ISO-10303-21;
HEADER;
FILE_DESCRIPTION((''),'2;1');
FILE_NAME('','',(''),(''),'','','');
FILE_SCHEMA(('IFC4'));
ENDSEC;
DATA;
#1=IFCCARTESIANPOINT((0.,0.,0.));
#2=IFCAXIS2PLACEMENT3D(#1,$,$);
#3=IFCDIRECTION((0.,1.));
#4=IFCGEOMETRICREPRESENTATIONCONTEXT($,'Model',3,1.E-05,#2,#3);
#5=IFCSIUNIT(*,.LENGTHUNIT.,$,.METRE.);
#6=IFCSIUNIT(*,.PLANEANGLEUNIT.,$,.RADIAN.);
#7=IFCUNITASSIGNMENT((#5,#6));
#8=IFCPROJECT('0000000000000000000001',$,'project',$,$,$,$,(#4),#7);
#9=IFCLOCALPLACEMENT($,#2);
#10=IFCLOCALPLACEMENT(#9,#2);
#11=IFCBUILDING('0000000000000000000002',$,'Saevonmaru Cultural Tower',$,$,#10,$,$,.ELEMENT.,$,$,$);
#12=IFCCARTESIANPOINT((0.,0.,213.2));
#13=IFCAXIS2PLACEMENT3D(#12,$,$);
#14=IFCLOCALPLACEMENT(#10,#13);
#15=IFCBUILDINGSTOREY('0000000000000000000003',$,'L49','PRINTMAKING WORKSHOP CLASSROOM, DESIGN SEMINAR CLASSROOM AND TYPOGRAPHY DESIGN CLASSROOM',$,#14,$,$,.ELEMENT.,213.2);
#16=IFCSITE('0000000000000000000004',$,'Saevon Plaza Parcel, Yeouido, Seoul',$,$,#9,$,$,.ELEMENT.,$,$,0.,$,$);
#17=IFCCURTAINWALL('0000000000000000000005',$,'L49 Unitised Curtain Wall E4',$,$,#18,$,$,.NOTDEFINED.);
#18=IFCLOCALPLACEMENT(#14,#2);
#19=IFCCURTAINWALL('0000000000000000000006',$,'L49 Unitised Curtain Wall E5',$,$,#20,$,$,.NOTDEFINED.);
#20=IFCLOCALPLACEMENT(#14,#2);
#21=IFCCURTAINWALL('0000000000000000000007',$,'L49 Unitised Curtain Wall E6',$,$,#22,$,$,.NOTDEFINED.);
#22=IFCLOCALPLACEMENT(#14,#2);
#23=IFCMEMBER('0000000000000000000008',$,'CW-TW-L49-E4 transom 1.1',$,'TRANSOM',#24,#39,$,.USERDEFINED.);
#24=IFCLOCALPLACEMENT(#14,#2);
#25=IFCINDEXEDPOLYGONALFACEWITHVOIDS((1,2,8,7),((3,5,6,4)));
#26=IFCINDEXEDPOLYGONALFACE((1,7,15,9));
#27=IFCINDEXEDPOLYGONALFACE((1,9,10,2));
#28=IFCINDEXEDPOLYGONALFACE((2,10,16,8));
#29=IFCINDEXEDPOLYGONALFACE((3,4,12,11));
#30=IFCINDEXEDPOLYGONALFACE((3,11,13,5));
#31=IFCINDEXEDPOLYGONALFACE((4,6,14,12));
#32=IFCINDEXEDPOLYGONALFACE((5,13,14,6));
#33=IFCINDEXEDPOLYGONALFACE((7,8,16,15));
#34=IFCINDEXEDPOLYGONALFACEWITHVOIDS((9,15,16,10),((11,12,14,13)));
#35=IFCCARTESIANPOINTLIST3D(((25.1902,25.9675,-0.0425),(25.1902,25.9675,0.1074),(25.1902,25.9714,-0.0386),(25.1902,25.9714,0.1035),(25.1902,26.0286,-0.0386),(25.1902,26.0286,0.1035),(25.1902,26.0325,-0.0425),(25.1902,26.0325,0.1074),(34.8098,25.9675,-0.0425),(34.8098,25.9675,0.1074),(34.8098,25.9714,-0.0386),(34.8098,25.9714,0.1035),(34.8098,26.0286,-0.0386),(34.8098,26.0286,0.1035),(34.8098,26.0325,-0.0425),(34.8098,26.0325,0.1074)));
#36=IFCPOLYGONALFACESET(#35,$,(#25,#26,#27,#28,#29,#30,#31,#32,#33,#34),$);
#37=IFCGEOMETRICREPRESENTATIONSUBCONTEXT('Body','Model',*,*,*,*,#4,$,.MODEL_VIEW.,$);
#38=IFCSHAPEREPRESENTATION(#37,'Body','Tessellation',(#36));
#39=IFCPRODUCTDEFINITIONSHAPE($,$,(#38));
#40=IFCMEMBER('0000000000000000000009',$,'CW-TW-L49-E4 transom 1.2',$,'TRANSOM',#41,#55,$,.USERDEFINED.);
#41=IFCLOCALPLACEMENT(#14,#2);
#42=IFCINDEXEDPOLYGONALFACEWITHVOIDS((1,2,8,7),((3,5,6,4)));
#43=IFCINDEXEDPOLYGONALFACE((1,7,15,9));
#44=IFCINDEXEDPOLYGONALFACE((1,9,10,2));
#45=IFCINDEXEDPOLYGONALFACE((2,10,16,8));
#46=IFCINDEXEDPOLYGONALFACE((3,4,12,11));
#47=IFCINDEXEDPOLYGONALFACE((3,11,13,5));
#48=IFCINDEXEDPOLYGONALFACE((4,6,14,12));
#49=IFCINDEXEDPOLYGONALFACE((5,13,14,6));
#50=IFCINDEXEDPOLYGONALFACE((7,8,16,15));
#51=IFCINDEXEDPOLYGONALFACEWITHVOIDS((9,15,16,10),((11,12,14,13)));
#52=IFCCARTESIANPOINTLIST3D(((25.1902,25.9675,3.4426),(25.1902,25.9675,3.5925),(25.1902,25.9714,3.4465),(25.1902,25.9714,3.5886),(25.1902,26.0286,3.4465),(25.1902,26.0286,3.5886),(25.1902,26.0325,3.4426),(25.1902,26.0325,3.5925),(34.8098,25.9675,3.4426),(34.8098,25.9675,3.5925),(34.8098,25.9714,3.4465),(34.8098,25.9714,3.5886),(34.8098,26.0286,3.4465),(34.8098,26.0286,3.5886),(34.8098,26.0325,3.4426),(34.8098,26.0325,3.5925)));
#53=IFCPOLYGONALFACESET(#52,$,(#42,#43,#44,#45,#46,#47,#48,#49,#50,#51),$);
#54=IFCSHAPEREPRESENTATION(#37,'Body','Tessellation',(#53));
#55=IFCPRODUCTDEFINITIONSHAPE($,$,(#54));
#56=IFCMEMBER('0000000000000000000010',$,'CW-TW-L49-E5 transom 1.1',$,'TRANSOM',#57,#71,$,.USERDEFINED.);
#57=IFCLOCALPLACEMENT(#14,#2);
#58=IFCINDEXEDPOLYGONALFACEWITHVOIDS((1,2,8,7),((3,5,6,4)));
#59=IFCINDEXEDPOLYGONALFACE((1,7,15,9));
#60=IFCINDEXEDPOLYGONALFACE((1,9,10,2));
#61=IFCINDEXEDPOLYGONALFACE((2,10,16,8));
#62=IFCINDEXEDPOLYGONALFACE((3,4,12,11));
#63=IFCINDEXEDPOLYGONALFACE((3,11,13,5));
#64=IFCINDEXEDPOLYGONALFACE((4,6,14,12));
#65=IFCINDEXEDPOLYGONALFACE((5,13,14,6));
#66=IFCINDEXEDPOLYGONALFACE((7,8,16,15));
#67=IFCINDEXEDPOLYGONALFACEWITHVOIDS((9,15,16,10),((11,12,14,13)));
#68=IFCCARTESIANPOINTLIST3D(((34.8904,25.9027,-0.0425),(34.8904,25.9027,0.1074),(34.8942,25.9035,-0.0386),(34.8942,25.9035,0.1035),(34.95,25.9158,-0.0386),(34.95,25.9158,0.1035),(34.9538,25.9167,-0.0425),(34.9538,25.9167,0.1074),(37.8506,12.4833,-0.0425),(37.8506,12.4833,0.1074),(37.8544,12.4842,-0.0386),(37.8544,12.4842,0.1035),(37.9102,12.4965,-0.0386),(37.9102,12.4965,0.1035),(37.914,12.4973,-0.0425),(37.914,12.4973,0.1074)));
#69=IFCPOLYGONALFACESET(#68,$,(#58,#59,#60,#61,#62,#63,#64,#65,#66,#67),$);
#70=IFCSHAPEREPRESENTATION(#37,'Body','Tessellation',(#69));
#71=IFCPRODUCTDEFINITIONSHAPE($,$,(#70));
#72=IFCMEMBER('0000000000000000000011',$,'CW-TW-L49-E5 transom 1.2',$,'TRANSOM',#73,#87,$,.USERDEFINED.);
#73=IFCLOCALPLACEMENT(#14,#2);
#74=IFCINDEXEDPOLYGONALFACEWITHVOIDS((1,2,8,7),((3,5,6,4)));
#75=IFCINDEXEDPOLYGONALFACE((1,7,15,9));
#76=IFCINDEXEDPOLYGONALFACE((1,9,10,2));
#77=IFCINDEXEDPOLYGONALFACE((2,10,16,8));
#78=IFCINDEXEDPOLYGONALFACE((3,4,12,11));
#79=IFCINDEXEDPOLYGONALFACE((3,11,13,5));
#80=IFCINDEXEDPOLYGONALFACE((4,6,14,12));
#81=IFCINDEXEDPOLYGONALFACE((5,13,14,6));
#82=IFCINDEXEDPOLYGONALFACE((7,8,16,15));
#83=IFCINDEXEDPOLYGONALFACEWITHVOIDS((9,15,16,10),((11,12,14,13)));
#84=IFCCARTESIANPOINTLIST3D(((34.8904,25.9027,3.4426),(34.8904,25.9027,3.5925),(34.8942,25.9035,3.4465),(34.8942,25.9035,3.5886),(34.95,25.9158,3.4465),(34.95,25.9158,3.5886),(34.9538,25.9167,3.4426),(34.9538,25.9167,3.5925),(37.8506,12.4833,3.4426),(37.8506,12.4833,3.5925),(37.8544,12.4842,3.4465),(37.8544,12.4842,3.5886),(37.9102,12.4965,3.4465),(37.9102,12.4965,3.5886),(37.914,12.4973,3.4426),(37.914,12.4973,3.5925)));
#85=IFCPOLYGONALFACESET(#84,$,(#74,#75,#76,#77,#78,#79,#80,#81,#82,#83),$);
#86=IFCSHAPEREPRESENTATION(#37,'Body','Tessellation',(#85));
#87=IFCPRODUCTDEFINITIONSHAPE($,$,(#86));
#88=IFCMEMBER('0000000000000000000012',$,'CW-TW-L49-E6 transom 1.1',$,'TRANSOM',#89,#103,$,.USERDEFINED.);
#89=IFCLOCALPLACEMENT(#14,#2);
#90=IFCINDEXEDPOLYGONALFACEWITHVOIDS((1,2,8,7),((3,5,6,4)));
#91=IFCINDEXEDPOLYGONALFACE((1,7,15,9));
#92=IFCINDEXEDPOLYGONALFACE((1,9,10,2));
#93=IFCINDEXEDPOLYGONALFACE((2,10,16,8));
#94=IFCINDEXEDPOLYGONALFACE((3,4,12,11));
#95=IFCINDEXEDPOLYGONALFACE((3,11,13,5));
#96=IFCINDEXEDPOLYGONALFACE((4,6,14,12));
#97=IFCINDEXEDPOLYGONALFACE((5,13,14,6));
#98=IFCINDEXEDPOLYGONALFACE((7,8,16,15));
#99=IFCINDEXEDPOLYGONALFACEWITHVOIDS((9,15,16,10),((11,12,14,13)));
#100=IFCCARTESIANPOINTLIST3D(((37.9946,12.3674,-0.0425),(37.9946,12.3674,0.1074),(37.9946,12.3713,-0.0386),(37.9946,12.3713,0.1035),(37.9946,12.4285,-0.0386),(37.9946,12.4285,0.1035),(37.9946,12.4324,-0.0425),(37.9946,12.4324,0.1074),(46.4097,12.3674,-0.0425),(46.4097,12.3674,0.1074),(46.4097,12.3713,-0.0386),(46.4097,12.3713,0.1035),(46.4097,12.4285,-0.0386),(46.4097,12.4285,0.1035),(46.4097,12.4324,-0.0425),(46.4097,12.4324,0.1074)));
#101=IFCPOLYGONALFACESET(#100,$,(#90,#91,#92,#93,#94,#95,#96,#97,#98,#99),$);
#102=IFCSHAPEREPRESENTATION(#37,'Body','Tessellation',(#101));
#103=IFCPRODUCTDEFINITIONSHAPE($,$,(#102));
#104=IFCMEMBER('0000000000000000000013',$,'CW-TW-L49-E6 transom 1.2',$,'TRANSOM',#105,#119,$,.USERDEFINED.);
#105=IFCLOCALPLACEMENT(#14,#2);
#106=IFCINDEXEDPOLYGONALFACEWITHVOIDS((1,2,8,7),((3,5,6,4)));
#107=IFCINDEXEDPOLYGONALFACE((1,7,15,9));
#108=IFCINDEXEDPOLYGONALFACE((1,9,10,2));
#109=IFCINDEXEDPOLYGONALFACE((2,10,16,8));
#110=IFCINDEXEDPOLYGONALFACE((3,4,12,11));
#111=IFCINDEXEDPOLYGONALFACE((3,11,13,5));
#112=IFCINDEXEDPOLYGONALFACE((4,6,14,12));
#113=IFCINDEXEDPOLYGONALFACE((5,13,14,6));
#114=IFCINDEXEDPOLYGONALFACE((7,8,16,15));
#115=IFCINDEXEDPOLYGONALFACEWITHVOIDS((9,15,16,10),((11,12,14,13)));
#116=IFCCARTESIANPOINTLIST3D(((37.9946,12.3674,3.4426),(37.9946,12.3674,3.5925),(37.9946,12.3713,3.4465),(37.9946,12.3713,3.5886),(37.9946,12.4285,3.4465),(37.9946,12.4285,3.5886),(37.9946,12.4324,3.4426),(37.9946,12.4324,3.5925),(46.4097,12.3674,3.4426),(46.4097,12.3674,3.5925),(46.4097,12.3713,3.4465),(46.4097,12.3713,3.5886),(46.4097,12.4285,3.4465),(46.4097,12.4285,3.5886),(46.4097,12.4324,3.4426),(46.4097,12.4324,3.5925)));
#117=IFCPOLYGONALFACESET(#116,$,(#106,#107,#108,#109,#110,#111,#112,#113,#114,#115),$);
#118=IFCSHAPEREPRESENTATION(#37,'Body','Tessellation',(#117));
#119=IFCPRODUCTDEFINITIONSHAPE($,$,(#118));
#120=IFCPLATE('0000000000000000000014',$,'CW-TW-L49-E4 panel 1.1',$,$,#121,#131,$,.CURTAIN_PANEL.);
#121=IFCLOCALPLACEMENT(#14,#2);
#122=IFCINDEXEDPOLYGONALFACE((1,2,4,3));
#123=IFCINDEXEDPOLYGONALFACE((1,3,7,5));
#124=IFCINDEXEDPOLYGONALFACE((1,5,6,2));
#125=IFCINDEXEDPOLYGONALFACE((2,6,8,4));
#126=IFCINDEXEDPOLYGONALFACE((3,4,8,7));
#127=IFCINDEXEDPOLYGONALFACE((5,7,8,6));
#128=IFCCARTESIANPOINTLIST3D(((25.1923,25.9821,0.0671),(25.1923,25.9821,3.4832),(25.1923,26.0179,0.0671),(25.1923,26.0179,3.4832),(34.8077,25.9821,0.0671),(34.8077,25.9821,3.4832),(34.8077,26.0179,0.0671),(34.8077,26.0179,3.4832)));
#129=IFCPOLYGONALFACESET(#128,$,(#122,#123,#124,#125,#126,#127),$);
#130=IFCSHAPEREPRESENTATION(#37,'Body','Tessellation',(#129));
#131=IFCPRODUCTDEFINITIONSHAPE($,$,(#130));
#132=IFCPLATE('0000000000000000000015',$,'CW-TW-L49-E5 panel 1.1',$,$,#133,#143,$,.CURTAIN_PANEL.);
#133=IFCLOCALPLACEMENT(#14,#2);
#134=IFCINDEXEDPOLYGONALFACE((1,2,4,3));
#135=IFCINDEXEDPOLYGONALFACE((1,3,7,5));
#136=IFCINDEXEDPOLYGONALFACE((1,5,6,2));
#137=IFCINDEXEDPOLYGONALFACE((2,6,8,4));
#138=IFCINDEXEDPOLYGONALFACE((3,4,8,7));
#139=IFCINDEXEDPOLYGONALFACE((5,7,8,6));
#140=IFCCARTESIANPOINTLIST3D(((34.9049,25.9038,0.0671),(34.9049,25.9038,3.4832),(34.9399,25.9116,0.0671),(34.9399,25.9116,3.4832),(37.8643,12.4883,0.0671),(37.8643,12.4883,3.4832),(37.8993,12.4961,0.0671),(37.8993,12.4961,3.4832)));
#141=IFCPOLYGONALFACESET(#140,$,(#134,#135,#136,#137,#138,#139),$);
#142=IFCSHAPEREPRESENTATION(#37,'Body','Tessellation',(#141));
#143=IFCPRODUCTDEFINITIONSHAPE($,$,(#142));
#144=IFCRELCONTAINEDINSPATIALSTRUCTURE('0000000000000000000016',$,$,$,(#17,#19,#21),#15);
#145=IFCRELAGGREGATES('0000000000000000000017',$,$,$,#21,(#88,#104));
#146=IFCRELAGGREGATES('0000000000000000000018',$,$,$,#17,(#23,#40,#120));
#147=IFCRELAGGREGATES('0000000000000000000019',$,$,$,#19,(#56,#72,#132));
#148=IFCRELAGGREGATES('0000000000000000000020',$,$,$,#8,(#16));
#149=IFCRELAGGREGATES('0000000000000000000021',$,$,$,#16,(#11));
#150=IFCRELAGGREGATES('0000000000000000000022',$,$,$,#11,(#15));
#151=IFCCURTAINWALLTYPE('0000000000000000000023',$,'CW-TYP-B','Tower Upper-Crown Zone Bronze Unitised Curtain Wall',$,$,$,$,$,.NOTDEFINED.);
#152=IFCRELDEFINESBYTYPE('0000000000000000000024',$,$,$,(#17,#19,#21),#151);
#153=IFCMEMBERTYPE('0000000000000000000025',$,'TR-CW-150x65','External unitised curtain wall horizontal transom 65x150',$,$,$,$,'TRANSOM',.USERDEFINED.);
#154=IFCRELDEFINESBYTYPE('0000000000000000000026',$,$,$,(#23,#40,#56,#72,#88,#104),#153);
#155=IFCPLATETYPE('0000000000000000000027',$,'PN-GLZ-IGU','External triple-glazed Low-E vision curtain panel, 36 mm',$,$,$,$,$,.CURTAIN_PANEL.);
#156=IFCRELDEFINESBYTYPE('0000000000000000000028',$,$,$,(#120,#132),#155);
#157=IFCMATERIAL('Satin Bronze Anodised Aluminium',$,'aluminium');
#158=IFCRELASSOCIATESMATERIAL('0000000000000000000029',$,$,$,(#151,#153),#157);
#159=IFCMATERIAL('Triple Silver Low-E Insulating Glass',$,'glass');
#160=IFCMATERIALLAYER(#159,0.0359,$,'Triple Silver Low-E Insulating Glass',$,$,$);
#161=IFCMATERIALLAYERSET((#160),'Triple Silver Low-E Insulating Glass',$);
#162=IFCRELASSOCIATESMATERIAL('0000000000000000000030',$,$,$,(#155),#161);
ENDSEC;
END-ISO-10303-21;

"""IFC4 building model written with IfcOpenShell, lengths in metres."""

from ifc_helpers import new_model, si_unit, direction, frame, origin, origin_2d, place, context, subcontext, project, spatial, rectangle, hollow_rectangle, extrude, material, layer, layer_set, material_profile, profile_set, type_object, element, aggregate, save


model = new_model("IFC4")

# Units and contexts
model_context = context("Model", 3, precision=1e-05, world=origin(), true_north=direction((0.0, 1.0)))
body_context = subcontext(model_context, "Body", "Model", "MODEL_VIEW")
ifc_project = project(units=[si_unit("LENGTHUNIT", "METRE"), si_unit("PLANEANGLEUNIT", "RADIAN")], contexts=[model_context])

# Site, building, storey
site_placement = place(None, origin())
site = spatial("IfcSite", under=ifc_project, at=site_placement, Name="Saevon Plaza Parcel, Yeouido, Seoul", CompositionType="ELEMENT", RefElevation=0.0)
building_placement = place(site_placement, origin())
building = spatial("IfcBuilding", under=site, at=building_placement, Name="Saevonmaru Cultural Tower", CompositionType="ELEMENT")
storey_placement = place(building_placement, frame((0.0, 0.0, 213.2)))
storey = spatial("IfcBuildingStorey", under=building, at=storey_placement, Name="L49", Description="PRINTMAKING WORKSHOP CLASSROOM, DESIGN SEMINAR CLASSROOM AND TYPOGRAPHY DESIGN CLASSROOM", CompositionType="ELEMENT", Elevation=213.2)

# Curtain wall
ifc_material_1 = material(Name="Satin Bronze Anodised Aluminium", Category="aluminium")
curtain_wall_type = type_object("IfcCurtainWallType", Name="CW-TYP-B", Description="Tower Upper-Crown Zone Bronze Unitised Curtain Wall", PredefinedType="NOTDEFINED", material=ifc_material_1)
curtain_wall_1_placement = place(storey_placement, origin())
curtain_wall_1 = element("IfcCurtainWall", 1, at=curtain_wall_1_placement, inside=storey, type_object=curtain_wall_type, Name="L49 Unitised Curtain Wall E4", PredefinedType="NOTDEFINED")

# Curtain wall
curtain_wall_2_placement = place(storey_placement, origin())
curtain_wall_2 = element("IfcCurtainWall", 2, at=curtain_wall_2_placement, inside=storey, type_object=curtain_wall_type, Name="L49 Unitised Curtain Wall E5", PredefinedType="NOTDEFINED")

# Curtain wall
curtain_wall_3_placement = place(storey_placement, origin())
curtain_wall_3 = element("IfcCurtainWall", 3, at=curtain_wall_3_placement, inside=storey, type_object=curtain_wall_type, Name="L49 Unitised Curtain Wall E6", PredefinedType="NOTDEFINED")

# Members
ifc_material_profile_1 = material_profile(ifc_material_1, hollow_rectangle(XDim=0.0649, YDim=0.1499, WallThickness=0.0039, at=origin_2d()), Name="ALU-TRAN-150x65x4")
ifc_profile_set_1 = profile_set([ifc_material_profile_1], Name="Satin Bronze Anodised Aluminium")
member_type_1 = type_object("IfcMemberType", Name="TR-CW-150x65", Description="External unitised curtain wall horizontal transom 65x150", ElementType="TRANSOM", PredefinedType="USERDEFINED", material=ifc_profile_set_1)
member_1_placement = place(storey_placement, frame((25.1902, 26.0, 0.0325), z_axis=(1.0, 0.0, 0.0), x_axis=(0.0, 1.0, 0.0)))
member_1 = element("IfcMember", 4, at=member_1_placement, type_object=member_type_1, Name="CW-TW-L49-E4 transom 1.1", ObjectType="TRANSOM", PredefinedType="USERDEFINED", context=body_context, shape_type="SweptSolid", body=[
    extrude(hollow_rectangle(XDim=0.0649, YDim=0.1499, WallThickness=0.0039, at=origin_2d()), origin(), (0.0, 0.0, 1.0), 9.6196),
])
member_2_placement = place(storey_placement, frame((25.1902, 26.0, 3.5176), z_axis=(1.0, 0.0, 0.0), x_axis=(0.0, 1.0, 0.0)))
member_2 = element("IfcMember", 5, at=member_2_placement, type_object=member_type_1, Name="CW-TW-L49-E4 transom 1.2", ObjectType="TRANSOM", PredefinedType="USERDEFINED", context=body_context, shape_type="SweptSolid", body=[
    extrude(hollow_rectangle(XDim=0.0649, YDim=0.1499, WallThickness=0.0039, at=origin_2d()), origin(), (0.0, 0.0, 1.0), 9.6196),
])
member_3_placement = place(storey_placement, frame((34.9221, 25.9097, 0.0325), z_axis=(0.215412, -0.976523, 0.0), x_axis=(0.976523, 0.215412, 0.0)))
member_3 = element("IfcMember", 6, at=member_3_placement, type_object=member_type_1, Name="CW-TW-L49-E5 transom 1.1", ObjectType="TRANSOM", PredefinedType="USERDEFINED", context=body_context, shape_type="SweptSolid", body=[
    extrude(hollow_rectangle(XDim=0.0649, YDim=0.1499, WallThickness=0.0039, at=origin_2d()), origin(), (0.0, 0.0, 1.0), 13.7419),
])
member_4_placement = place(storey_placement, frame((34.9221, 25.9097, 3.5176), z_axis=(0.215412, -0.976523, 0.0), x_axis=(0.976523, 0.215412, 0.0)))
member_4 = element("IfcMember", 7, at=member_4_placement, type_object=member_type_1, Name="CW-TW-L49-E5 transom 1.2", ObjectType="TRANSOM", PredefinedType="USERDEFINED", context=body_context, shape_type="SweptSolid", body=[
    extrude(hollow_rectangle(XDim=0.0649, YDim=0.1499, WallThickness=0.0039, at=origin_2d()), origin(), (0.0, 0.0, 1.0), 13.7419),
])
member_5_placement = place(storey_placement, frame((37.9946, 12.3999, 0.0325), z_axis=(1.0, 0.0, 0.0), x_axis=(0.0, 1.0, 0.0)))
member_5 = element("IfcMember", 8, at=member_5_placement, type_object=member_type_1, Name="CW-TW-L49-E6 transom 1.1", ObjectType="TRANSOM", PredefinedType="USERDEFINED", context=body_context, shape_type="SweptSolid", body=[
    extrude(hollow_rectangle(XDim=0.0649, YDim=0.1499, WallThickness=0.0039, at=origin_2d()), origin(), (0.0, 0.0, 1.0), 8.415),
])
member_6_placement = place(storey_placement, frame((37.9946, 12.3999, 3.5176), z_axis=(1.0, 0.0, 0.0), x_axis=(0.0, 1.0, 0.0)))
member_6 = element("IfcMember", 9, at=member_6_placement, type_object=member_type_1, Name="CW-TW-L49-E6 transom 1.2", ObjectType="TRANSOM", PredefinedType="USERDEFINED", context=body_context, shape_type="SweptSolid", body=[
    extrude(hollow_rectangle(XDim=0.0649, YDim=0.1499, WallThickness=0.0039, at=origin_2d()), origin(), (0.0, 0.0, 1.0), 8.415),
])
aggregate(curtain_wall_3, [member_5, member_6])

# Plates
ifc_material_2 = material(Name="Triple Silver Low-E Insulating Glass", Category="glass")
ifc_layer = layer(ifc_material_2, 0.0359, Name="Triple Silver Low-E Insulating Glass")
ifc_layer_set = layer_set([ifc_layer], Name="Triple Silver Low-E Insulating Glass")
plate_type = type_object("IfcPlateType", Name="PN-GLZ-IGU", Description="External triple-glazed Low-E vision curtain panel, 36 mm", PredefinedType="CURTAIN_PANEL", material=ifc_layer_set)
plate_1_placement = place(storey_placement, frame((30.0, 26.0, 0.0671), z_axis=(0.0, 0.0, 1.0), x_axis=(1.0, 0.0, 0.0)))
plate_1 = element("IfcPlate", 10, at=plate_1_placement, type_object=plate_type, Name="CW-TW-L49-E4 panel 1.1", PredefinedType="CURTAIN_PANEL", context=body_context, shape_type="SweptSolid", body=[
    extrude(rectangle(XDim=9.6155, YDim=0.0359, at=origin_2d()), origin(), (0.0, 0.0, 1.0), 3.416),
])
aggregate(curtain_wall_1, [member_1, member_2, plate_1])
plate_2_placement = place(storey_placement, frame((36.4021, 19.2, 0.0671), z_axis=(0.0, 0.0, 1.0), x_axis=(0.215413, -0.976523, 0.0)))
plate_2 = element("IfcPlate", 11, at=plate_2_placement, type_object=plate_type, Name="CW-TW-L49-E5 panel 1.1", PredefinedType="CURTAIN_PANEL", context=body_context, shape_type="SweptSolid", body=[
    extrude(rectangle(XDim=13.738, YDim=0.0359, at=origin_2d()), origin(), (0.0, 0.0, 1.0), 3.416),
])
aggregate(curtain_wall_2, [member_3, member_4, plate_2])

save(model, "model.ifc")
